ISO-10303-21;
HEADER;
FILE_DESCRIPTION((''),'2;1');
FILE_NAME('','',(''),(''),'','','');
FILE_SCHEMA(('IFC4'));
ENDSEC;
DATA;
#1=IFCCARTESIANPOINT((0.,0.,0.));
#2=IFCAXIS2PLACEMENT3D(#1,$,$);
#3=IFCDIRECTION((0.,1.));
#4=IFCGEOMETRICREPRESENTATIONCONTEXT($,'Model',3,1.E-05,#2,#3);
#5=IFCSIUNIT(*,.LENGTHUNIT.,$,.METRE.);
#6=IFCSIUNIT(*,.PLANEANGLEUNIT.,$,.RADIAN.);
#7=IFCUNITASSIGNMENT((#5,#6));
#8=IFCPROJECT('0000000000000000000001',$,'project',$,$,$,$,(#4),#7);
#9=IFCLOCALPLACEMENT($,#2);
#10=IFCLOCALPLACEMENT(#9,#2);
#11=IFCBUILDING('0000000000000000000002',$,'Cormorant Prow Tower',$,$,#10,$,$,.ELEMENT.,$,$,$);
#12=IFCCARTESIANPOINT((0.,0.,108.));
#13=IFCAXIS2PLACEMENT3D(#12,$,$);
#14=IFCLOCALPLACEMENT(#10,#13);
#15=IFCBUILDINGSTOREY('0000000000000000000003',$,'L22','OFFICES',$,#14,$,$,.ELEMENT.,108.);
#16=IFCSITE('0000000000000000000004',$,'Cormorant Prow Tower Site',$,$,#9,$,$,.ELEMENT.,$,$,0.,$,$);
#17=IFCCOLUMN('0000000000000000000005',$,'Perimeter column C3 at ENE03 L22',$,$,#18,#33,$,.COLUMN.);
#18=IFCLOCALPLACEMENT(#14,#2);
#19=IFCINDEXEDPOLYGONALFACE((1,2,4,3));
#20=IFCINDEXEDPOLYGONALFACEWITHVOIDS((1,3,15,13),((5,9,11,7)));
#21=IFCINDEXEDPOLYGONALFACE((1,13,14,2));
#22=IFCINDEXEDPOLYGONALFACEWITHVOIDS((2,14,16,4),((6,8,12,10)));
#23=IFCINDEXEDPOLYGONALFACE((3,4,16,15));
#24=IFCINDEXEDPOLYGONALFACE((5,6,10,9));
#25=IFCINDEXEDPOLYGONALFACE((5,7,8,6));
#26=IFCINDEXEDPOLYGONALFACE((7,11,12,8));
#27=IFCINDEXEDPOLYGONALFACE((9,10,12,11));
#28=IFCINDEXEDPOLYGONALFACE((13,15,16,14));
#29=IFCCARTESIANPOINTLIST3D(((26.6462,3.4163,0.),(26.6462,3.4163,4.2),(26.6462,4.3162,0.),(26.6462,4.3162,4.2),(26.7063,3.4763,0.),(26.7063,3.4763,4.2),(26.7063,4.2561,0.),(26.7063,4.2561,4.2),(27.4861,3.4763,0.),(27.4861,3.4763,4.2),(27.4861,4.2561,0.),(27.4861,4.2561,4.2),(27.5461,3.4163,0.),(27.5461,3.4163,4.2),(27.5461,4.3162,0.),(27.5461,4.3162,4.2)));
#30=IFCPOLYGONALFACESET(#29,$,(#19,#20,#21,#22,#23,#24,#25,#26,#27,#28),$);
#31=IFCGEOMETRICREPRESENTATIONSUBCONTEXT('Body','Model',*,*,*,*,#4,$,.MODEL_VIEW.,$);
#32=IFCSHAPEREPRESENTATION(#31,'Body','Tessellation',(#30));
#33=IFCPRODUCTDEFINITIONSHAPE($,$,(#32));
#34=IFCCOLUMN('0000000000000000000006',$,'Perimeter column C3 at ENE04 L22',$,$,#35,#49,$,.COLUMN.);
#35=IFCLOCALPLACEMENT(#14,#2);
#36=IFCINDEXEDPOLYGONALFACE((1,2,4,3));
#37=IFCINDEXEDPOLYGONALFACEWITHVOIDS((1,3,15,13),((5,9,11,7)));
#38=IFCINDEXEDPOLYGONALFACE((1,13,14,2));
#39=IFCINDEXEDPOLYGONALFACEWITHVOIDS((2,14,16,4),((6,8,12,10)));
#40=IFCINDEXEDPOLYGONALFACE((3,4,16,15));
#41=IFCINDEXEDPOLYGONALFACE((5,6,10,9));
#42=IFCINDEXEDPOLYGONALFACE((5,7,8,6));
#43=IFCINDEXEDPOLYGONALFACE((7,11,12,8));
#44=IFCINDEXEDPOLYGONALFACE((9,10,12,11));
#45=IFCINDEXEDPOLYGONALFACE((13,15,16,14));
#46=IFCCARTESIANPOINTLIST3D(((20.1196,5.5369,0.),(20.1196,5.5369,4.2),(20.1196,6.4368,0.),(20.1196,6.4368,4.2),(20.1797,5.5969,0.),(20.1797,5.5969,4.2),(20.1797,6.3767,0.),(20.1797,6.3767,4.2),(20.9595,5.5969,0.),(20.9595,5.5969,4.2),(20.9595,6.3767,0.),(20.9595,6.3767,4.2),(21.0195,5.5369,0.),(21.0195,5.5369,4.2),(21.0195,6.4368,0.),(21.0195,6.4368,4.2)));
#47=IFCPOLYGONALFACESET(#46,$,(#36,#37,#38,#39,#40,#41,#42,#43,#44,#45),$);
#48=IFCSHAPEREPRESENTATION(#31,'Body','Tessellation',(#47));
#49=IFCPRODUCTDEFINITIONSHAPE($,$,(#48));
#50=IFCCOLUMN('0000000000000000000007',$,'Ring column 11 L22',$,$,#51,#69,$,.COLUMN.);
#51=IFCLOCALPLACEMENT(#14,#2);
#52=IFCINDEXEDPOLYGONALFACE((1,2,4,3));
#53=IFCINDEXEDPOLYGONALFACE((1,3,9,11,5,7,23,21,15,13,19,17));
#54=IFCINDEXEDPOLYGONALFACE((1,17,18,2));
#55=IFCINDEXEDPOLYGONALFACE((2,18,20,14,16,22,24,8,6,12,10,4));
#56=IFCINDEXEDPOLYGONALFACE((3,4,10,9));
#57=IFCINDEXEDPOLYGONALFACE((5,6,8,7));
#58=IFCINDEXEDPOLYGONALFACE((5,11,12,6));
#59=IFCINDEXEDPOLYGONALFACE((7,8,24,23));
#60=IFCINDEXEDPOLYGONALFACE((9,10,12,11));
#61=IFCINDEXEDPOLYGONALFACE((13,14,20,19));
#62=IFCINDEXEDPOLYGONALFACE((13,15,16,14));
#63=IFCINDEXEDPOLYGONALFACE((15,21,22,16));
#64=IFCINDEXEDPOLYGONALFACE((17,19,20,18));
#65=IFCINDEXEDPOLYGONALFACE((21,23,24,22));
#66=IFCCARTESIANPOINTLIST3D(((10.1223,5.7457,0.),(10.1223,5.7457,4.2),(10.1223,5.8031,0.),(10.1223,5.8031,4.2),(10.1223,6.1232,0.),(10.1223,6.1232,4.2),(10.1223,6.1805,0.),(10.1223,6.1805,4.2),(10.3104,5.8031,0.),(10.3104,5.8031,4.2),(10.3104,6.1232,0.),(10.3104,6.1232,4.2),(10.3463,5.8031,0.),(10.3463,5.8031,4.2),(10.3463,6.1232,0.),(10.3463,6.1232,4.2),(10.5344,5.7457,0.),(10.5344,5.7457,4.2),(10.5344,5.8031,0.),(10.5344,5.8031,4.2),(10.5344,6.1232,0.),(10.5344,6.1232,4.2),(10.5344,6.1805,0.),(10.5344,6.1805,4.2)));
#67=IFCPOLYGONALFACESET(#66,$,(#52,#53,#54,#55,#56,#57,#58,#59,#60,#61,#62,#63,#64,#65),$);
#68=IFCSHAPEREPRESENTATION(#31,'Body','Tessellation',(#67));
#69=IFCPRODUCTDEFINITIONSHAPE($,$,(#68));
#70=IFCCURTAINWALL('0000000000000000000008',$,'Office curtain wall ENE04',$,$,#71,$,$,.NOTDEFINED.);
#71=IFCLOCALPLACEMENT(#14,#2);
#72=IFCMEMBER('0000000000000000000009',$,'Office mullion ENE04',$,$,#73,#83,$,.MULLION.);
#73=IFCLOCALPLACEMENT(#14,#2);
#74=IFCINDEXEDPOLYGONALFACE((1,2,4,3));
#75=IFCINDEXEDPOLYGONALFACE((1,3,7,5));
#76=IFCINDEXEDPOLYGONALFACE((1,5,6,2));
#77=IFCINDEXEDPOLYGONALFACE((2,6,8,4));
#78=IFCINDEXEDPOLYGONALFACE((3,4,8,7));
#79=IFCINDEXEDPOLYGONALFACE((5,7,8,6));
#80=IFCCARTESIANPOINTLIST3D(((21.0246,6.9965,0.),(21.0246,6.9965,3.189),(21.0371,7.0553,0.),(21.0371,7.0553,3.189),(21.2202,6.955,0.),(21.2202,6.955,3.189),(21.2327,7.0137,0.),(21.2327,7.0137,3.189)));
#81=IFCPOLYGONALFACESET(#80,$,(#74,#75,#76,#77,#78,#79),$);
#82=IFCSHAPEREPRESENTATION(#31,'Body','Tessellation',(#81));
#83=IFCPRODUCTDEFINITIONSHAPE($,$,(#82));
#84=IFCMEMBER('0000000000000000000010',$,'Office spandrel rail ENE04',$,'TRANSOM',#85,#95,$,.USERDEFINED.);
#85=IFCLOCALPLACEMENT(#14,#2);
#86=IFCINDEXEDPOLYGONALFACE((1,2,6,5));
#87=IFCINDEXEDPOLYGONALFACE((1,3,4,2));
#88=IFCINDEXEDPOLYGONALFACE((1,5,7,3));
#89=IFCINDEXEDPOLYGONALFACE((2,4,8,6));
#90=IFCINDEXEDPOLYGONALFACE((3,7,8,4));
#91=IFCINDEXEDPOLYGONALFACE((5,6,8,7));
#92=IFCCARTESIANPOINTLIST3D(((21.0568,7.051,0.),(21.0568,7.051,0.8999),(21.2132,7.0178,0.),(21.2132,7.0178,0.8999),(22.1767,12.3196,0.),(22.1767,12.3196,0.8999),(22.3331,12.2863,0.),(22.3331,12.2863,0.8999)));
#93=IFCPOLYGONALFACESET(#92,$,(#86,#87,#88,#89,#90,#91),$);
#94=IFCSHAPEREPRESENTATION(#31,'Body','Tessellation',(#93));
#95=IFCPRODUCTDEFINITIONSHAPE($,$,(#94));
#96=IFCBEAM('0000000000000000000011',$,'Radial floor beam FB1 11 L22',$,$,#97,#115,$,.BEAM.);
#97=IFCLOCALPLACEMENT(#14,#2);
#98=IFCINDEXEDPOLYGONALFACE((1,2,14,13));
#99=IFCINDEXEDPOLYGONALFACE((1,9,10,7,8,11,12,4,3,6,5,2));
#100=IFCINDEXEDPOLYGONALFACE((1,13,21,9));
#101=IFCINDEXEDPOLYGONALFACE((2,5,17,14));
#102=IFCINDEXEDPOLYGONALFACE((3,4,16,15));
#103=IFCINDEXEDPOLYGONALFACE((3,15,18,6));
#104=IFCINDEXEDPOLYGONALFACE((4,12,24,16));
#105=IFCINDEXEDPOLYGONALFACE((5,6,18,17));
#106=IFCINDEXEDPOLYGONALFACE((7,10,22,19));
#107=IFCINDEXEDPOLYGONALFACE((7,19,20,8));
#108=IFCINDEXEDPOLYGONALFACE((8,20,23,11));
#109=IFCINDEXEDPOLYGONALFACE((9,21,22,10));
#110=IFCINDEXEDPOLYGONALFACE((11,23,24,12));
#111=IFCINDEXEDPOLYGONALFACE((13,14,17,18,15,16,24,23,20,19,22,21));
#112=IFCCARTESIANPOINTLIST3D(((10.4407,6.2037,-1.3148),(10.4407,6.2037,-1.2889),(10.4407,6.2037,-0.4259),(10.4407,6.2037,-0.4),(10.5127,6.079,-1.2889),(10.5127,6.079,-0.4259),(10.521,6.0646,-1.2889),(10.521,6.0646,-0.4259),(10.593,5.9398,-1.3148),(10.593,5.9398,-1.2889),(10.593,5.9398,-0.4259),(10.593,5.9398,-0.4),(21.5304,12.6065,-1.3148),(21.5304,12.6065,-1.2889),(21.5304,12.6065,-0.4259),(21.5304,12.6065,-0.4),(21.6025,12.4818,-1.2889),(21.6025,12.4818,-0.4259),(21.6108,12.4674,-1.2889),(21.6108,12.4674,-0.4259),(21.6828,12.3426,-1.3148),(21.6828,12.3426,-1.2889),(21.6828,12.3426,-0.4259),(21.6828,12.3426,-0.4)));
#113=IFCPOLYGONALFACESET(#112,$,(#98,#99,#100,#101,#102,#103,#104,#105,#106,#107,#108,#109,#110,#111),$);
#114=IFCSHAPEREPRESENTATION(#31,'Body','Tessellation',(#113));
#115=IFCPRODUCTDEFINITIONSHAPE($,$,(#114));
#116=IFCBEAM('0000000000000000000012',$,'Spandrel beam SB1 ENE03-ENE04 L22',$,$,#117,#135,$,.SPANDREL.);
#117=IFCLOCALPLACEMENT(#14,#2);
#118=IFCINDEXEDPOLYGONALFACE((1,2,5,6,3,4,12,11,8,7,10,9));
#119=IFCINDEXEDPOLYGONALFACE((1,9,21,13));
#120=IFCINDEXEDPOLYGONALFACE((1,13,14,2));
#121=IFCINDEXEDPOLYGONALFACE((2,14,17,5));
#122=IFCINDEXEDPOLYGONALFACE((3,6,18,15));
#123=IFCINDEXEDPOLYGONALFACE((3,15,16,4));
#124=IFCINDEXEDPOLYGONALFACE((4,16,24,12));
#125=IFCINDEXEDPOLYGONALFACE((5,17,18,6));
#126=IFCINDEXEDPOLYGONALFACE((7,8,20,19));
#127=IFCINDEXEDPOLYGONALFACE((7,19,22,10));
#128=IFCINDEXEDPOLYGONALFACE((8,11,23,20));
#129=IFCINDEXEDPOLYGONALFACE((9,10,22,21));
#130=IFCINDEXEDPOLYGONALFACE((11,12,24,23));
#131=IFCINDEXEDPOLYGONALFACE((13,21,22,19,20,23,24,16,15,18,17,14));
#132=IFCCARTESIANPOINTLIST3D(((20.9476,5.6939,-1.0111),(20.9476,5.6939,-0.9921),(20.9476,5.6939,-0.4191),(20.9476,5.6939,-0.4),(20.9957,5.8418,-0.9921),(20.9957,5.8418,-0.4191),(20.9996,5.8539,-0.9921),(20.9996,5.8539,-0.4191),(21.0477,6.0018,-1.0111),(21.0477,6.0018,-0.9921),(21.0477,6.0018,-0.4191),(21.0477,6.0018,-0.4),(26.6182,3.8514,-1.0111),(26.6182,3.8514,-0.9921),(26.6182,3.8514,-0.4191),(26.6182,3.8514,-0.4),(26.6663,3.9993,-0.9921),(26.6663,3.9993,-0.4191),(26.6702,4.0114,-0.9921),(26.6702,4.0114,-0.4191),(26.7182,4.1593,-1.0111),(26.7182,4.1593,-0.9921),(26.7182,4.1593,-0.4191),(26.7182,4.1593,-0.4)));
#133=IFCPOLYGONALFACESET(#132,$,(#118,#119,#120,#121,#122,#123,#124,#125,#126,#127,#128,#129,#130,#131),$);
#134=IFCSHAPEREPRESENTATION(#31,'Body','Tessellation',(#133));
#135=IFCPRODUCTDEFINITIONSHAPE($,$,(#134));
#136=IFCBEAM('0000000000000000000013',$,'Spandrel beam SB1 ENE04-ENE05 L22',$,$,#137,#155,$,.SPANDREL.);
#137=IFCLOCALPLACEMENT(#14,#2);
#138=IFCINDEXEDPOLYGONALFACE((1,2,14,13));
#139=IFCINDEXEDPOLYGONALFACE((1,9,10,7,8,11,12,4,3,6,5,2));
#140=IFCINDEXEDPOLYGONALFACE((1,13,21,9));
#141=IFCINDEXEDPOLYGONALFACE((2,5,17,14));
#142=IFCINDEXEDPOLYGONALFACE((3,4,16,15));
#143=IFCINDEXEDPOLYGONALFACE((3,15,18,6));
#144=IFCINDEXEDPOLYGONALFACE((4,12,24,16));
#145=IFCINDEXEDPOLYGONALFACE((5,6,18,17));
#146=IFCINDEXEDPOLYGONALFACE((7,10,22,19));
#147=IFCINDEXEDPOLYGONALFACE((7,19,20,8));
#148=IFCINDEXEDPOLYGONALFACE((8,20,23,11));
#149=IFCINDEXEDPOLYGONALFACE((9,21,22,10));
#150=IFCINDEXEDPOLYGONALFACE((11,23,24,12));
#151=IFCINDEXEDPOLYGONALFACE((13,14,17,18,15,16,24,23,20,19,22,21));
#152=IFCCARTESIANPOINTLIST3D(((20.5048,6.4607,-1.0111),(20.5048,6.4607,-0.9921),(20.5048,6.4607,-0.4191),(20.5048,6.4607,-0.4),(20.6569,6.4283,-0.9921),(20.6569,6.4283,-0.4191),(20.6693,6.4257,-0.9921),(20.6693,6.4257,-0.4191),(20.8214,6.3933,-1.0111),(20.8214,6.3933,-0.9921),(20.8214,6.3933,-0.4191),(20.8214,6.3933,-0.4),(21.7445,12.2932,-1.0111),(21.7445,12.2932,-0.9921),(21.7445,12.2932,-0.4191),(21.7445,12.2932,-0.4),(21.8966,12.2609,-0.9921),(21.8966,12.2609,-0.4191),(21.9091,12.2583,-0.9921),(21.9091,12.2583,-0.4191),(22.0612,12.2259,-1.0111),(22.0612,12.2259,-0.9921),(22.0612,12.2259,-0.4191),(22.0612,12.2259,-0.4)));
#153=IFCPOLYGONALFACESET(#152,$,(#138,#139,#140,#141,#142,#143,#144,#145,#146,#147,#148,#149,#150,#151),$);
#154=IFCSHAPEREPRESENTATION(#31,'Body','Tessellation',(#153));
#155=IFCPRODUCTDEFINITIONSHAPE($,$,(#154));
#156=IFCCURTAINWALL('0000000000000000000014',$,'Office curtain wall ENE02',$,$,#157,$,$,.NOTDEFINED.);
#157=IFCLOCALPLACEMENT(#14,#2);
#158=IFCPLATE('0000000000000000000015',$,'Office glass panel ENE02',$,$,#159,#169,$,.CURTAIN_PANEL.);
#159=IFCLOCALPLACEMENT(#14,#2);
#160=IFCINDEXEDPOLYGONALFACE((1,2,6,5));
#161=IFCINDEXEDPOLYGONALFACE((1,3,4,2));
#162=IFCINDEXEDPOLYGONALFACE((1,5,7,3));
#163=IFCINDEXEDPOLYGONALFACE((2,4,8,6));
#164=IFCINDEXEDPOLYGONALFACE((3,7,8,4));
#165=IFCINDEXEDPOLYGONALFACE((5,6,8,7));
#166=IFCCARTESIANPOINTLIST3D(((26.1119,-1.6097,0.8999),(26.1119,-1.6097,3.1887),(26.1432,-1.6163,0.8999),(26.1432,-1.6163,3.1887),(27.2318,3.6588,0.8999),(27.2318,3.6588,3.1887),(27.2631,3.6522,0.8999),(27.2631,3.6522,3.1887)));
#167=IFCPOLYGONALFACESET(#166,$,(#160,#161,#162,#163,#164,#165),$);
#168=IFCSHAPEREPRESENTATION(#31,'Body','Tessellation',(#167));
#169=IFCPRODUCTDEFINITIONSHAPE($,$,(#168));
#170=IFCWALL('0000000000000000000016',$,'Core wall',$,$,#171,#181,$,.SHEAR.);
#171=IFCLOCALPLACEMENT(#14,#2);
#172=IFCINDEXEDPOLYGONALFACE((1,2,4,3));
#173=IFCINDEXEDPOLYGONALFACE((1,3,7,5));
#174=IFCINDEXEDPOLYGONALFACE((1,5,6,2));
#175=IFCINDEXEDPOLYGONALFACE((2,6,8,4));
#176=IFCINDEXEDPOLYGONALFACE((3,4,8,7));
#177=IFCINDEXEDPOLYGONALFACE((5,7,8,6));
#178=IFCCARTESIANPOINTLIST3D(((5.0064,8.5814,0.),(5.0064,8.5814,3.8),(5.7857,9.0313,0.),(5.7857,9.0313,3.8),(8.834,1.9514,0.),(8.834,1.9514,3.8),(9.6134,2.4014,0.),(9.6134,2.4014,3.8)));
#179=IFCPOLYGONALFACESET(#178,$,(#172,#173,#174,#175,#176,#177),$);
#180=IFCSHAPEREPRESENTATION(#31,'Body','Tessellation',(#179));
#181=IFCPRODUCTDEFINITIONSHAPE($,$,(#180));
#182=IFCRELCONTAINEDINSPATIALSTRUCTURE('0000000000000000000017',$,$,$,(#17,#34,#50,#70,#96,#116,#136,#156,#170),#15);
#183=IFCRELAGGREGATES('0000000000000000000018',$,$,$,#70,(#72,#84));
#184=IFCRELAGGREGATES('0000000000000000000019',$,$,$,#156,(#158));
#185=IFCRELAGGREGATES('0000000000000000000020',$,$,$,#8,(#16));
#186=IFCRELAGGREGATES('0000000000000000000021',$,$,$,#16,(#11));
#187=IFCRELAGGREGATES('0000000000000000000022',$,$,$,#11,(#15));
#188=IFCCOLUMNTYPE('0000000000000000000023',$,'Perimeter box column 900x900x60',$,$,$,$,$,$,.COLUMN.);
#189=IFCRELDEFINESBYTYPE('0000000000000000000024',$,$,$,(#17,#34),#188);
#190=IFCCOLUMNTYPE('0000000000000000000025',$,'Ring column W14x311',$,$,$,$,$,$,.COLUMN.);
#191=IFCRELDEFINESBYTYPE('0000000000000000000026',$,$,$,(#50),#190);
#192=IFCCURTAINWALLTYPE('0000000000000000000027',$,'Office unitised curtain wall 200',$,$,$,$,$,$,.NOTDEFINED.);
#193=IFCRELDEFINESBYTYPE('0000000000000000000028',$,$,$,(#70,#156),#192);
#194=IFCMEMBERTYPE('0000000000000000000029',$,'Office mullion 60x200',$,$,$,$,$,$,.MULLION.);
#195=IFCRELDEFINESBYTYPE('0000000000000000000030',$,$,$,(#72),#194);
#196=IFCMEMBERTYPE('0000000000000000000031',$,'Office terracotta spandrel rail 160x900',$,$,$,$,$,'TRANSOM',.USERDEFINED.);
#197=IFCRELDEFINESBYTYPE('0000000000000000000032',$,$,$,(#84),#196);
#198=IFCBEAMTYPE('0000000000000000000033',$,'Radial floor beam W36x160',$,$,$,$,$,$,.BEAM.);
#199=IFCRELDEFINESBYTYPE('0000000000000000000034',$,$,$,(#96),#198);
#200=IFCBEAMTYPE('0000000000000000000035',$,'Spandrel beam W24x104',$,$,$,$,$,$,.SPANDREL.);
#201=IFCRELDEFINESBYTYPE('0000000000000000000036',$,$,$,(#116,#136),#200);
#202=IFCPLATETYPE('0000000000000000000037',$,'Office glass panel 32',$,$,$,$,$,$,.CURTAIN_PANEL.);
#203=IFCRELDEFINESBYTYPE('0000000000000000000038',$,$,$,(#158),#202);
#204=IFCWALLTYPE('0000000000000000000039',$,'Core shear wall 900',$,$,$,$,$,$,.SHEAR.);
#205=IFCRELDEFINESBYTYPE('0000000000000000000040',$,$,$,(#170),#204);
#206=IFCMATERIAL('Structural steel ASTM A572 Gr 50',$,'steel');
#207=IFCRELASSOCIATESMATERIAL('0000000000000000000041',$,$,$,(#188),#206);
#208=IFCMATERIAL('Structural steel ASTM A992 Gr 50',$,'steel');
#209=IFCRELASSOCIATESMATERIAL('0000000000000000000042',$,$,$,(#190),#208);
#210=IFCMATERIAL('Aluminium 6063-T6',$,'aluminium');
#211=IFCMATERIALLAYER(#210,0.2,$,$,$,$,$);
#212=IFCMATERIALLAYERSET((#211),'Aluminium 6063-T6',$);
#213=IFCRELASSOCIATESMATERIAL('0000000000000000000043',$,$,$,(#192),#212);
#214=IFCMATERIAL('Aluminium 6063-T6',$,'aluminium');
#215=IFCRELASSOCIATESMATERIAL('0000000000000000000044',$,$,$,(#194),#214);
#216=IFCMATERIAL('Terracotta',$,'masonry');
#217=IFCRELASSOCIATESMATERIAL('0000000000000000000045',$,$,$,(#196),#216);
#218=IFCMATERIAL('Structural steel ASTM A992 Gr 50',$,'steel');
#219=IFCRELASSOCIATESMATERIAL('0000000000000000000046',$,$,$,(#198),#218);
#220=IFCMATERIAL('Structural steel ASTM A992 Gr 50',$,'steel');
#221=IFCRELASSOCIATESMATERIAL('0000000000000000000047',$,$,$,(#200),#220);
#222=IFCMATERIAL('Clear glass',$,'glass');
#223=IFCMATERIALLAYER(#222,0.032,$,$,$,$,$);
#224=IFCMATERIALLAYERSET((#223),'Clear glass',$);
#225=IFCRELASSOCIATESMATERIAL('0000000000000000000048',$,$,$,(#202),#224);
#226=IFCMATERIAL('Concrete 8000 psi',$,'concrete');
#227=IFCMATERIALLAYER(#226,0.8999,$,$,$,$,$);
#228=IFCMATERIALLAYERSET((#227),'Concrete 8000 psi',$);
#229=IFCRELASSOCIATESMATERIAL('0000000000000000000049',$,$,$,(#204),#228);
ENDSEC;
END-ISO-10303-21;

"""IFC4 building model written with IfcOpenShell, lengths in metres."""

from ifc_helpers import new_model, si_unit, direction, frame, frame_2d, origin, origin_2d, place, context, subcontext, project, spatial, rectangle, hollow_rectangle, i_section, extrude, material, layer, layer_set, material_profile, profile_set, type_object, element, aggregate, save


model = new_model("IFC4")

# Units and contexts
model_context = context("Model", 3, precision=1e-05, world=origin(), true_north=direction((0.0, 1.0)))
body_context = subcontext(model_context, "Body", "Model", "MODEL_VIEW")
ifc_project = project(units=[si_unit("LENGTHUNIT", "METRE"), si_unit("PLANEANGLEUNIT", "RADIAN")], contexts=[model_context])

# Site, building, storey
site_placement = place(None, origin())
site = spatial("IfcSite", under=ifc_project, at=site_placement, Name="Cormorant Prow Tower Site", CompositionType="ELEMENT", RefElevation=0.0)
building_placement = place(site_placement, origin())
building = spatial("IfcBuilding", under=site, at=building_placement, Name="Cormorant Prow Tower", CompositionType="ELEMENT")
storey_placement = place(building_placement, frame((0.0, 0.0, 108.0)))
storey = spatial("IfcBuildingStorey", under=building, at=storey_placement, Name="L22", Description="OFFICES", CompositionType="ELEMENT", Elevation=108.0)

# Columns
ifc_material_1 = material(Name="Structural steel ASTM A572 Gr 50", Category="steel")
ifc_material_profile_1 = material_profile(ifc_material_1, hollow_rectangle(XDim=0.8999, YDim=0.8999, WallThickness=0.0601, at=origin_2d()), Name="Box 900x900x60")
ifc_profile_set_1 = profile_set([ifc_material_profile_1], Name="Structural steel ASTM A572 Gr 50")
column_type_1 = type_object("IfcColumnType", Name="Perimeter box column 900x900x60", PredefinedType="COLUMN", material=ifc_profile_set_1)
for number, where, z_axis, x_axis, name in (
    (1, (27.0962, 3.8662, 0.0), (0.0, 0.0, 1.0), (1.0, 0.0, 0.0), "Perimeter column C3 at ENE03 L22"),
    (2, (20.5696, 5.9868, 0.0), (0.0, 0.0, 1.0), (1.0, 0.0, 0.0), "Perimeter column C3 at ENE04 L22"),
):
    element("IfcColumn", number, at=place(storey_placement, frame(where, z_axis=z_axis, x_axis=x_axis)), inside=storey, type_object=column_type_1, Name=name, PredefinedType="COLUMN", context=body_context, shape_type="SweptSolid", body=[
        extrude(hollow_rectangle(XDim=0.8999, YDim=0.8999, WallThickness=0.0601, at=origin_2d()), origin(), (0.0, 0.0, 1.0), 4.2),
    ])
ifc_material_2 = material(Name="Structural steel ASTM A992 Gr 50", Category="steel")
ifc_material_profile_2 = material_profile(ifc_material_2, i_section(OverallWidth=0.4121, OverallDepth=0.4348, WebThickness=0.0359, FlangeThickness=0.0574, at=origin_2d()), Name="W14x311")
ifc_profile_set_2 = profile_set([ifc_material_profile_2], Name="Structural steel ASTM A992 Gr 50")
column_type_2 = type_object("IfcColumnType", Name="Ring column W14x311", PredefinedType="COLUMN", material=ifc_profile_set_2)
column_placement = place(storey_placement, frame((10.3284, 5.9631, 0.0), z_axis=(0.0, 0.0, 1.0), x_axis=(1.0, 0.0, 0.0)))
element("IfcColumn", 3, at=column_placement, inside=storey, type_object=column_type_2, Name="Ring column 11 L22", PredefinedType="COLUMN", context=body_context, shape_type="SweptSolid", body=[
    extrude(i_section(OverallWidth=0.4121, OverallDepth=0.4348, WebThickness=0.0359, FlangeThickness=0.0574, at=origin_2d()), origin(), (0.0, 0.0, 1.0), 4.2),
])

# Curtain wall, members
ifc_material_3 = material(Name="Aluminium 6063-T6", Category="aluminium")
ifc_layer_1 = layer(ifc_material_3, 0.2)
ifc_layer_set_1 = layer_set([ifc_layer_1], Name="Aluminium 6063-T6")
curtain_wall_type = type_object("IfcCurtainWallType", Name="Office unitised curtain wall 200", PredefinedType="NOTDEFINED", material=ifc_layer_set_1)
curtain_wall_1_placement = place(storey_placement, origin())
curtain_wall_1 = element("IfcCurtainWall", 4, at=curtain_wall_1_placement, inside=storey, type_object=curtain_wall_type, Name="Office curtain wall ENE04", PredefinedType="NOTDEFINED")
ifc_material_4 = material(Name="Aluminium 6063-T6", Category="aluminium")
ifc_material_profile_3 = material_profile(ifc_material_4, rectangle(XDim=0.2, YDim=0.0601, at=origin_2d()), Name="Office mullion 60x200")
ifc_profile_set_3 = profile_set([ifc_material_profile_3], Name="Aluminium 6063-T6")
member_type_1 = type_object("IfcMemberType", Name="Office mullion 60x200", PredefinedType="MULLION", material=ifc_profile_set_3)
member_1_placement = place(storey_placement, frame((21.1287, 7.0051, 0.0), z_axis=(0.0, 0.0, 1.0), x_axis=(-0.978148, 0.207912, 0.0)))
member_1 = element("IfcMember", 5, at=member_1_placement, type_object=member_type_1, Name="Office mullion ENE04", PredefinedType="MULLION", context=body_context, shape_type="SweptSolid", body=[
    extrude(rectangle(XDim=0.2, YDim=0.0601, at=origin_2d()), origin(), (0.0, 0.0, 1.0), 3.189),
])
ifc_material_5 = material(Name="Terracotta", Category="masonry")
ifc_material_profile_4 = material_profile(ifc_material_5, rectangle(XDim=0.1599, YDim=0.8999, at=origin_2d()), Name="Office terracotta spandrel rail 160x900")
ifc_profile_set_4 = profile_set([ifc_material_profile_4], Name="Terracotta")
member_type_2 = type_object("IfcMemberType", Name="Office terracotta spandrel rail 160x900", ElementType="TRANSOM", PredefinedType="USERDEFINED", material=ifc_profile_set_4)
member_2_placement = place(storey_placement, frame((21.135, 7.0344, 0.45), z_axis=(0.207913, 0.978147, 0.0), x_axis=(-0.978147, 0.207913, 0.0)))
member_2 = element("IfcMember", 6, at=member_2_placement, type_object=member_type_2, Name="Office spandrel rail ENE04", ObjectType="TRANSOM", PredefinedType="USERDEFINED", context=body_context, shape_type="SweptSolid", body=[
    extrude(rectangle(XDim=0.1599, YDim=0.8999, at=origin_2d()), origin(), (0.0, 0.0, 1.0), 5.3862),
])
aggregate(curtain_wall_1, [member_1, member_2])

# Beams
ifc_material_6 = material(Name="Structural steel ASTM A992 Gr 50", Category="steel")
ifc_material_profile_5 = material_profile(ifc_material_6, i_section(OverallWidth=0.3047, OverallDepth=0.9148, WebThickness=0.0166, FlangeThickness=0.0259, at=origin_2d()), Name="W36x160")
ifc_profile_set_5 = profile_set([ifc_material_profile_5], Name="Structural steel ASTM A992 Gr 50")
beam_type_1 = type_object("IfcBeamType", Name="Radial floor beam W36x160", PredefinedType="BEAM", material=ifc_profile_set_5)
beam_1_placement = place(storey_placement, frame((10.5168, 6.0718, -0.8574), z_axis=(0.866022, 0.500006, 0.0), x_axis=(-0.500006, 0.866022, 0.0)))
element("IfcBeam", 7, at=beam_1_placement, inside=storey, type_object=beam_type_1, Name="Radial floor beam FB1 11 L22", PredefinedType="BEAM", context=body_context, shape_type="SweptSolid", body=[
    extrude(i_section(OverallWidth=0.3047, OverallDepth=0.9148, WebThickness=0.0166, FlangeThickness=0.0259, at=origin_2d()), origin(), (0.0, 0.0, 1.0), 12.8054),
])
ifc_material_7 = material(Name="Structural steel ASTM A992 Gr 50", Category="steel")
ifc_material_profile_6 = material_profile(ifc_material_7, i_section(OverallWidth=0.3237, OverallDepth=0.6111, WebThickness=0.0127, FlangeThickness=0.019, at=origin_2d()), Name="W24x104")
ifc_profile_set_6 = profile_set([ifc_material_profile_6], Name="Structural steel ASTM A992 Gr 50")
beam_type_2 = type_object("IfcBeamType", Name="Spandrel beam W24x104", PredefinedType="SPANDREL", material=ifc_profile_set_6)
beam_2_placement = place(storey_placement, frame((26.6682, 4.0054, -0.7056), z_axis=(-0.951055, 0.30902, 0.0), x_axis=(-0.30902, -0.951055, 0.0)))
element("IfcBeam", 8, at=beam_2_placement, inside=storey, type_object=beam_type_2, Name="Spandrel beam SB1 ENE03-ENE04 L22", PredefinedType="SPANDREL", context=body_context, shape_type="SweptSolid", body=[
    extrude(i_section(OverallWidth=0.3237, OverallDepth=0.6111, WebThickness=0.0127, FlangeThickness=0.019, at=origin_2d()), origin(), (0.0, 0.0, 1.0), 5.9624),
])
beam_3_placement = place(storey_placement, frame((20.6631, 6.427, -0.7056), z_axis=(0.207913, 0.978147, 0.0), x_axis=(-0.978147, 0.207913, 0.0)))
element("IfcBeam", 9, at=beam_3_placement, inside=storey, type_object=beam_type_2, Name="Spandrel beam SB1 ENE04-ENE05 L22", PredefinedType="SPANDREL", context=body_context, shape_type="SweptSolid", body=[
    extrude(i_section(OverallWidth=0.3237, OverallDepth=0.6111, WebThickness=0.0127, FlangeThickness=0.019, at=origin_2d()), origin(), (0.0, 0.0, 1.0), 5.9629),
])

# Curtain wall, plate
curtain_wall_2_placement = place(storey_placement, origin())
curtain_wall_2 = element("IfcCurtainWall", 10, at=curtain_wall_2_placement, inside=storey, type_object=curtain_wall_type, Name="Office curtain wall ENE02", PredefinedType="NOTDEFINED")
ifc_material_8 = material(Name="Clear glass", Category="glass")
ifc_layer_2 = layer(ifc_material_8, 0.032)
ifc_layer_set_2 = layer_set([ifc_layer_2], Name="Clear glass")
plate_type = type_object("IfcPlateType", Name="Office glass panel 32", PredefinedType="CURTAIN_PANEL", material=ifc_layer_set_2)
plate_placement = place(storey_placement, frame((26.6875, 1.0212, 0.8999), z_axis=(0.0, 0.0, 1.0), x_axis=(0.207912, 0.978148, 0.0)))
plate = element("IfcPlate", 11, at=plate_placement, type_object=plate_type, Name="Office glass panel ENE02", PredefinedType="CURTAIN_PANEL", context=body_context, shape_type="SweptSolid", body=[
    extrude(rectangle(XDim=5.3862, YDim=0.032, at=origin_2d()), origin(), (0.0, 0.0, 1.0), 2.2888),
])
aggregate(curtain_wall_2, [plate])

# Wall
ifc_material_9 = material(Name="Concrete 8000 psi", Category="concrete")
ifc_layer_3 = layer(ifc_material_9, 0.8999)
ifc_layer_set_3 = layer_set([ifc_layer_3], Name="Concrete 8000 psi")
wall_type_1 = type_object("IfcWallType", Name="Core shear wall 900", PredefinedType="SHEAR", material=ifc_layer_set_3)
wall_1_placement = place(storey_placement, frame((9.2236, 2.1765, 0.0), z_axis=(0.0, 0.0, 1.0), x_axis=(-0.499987, 0.866033, 0.0)))
element("IfcWall", 12, at=wall_1_placement, inside=storey, type_object=wall_type_1, Name="Core wall", PredefinedType="SHEAR", context=body_context, shape_type="SweptSolid", body=[
    extrude(rectangle(XDim=7.6555, YDim=0.8999, at=frame_2d((3.8276, 0.0))), origin(), (0.0, 0.0, 1.0), 3.8),
])

save(model, "model.ifc")
